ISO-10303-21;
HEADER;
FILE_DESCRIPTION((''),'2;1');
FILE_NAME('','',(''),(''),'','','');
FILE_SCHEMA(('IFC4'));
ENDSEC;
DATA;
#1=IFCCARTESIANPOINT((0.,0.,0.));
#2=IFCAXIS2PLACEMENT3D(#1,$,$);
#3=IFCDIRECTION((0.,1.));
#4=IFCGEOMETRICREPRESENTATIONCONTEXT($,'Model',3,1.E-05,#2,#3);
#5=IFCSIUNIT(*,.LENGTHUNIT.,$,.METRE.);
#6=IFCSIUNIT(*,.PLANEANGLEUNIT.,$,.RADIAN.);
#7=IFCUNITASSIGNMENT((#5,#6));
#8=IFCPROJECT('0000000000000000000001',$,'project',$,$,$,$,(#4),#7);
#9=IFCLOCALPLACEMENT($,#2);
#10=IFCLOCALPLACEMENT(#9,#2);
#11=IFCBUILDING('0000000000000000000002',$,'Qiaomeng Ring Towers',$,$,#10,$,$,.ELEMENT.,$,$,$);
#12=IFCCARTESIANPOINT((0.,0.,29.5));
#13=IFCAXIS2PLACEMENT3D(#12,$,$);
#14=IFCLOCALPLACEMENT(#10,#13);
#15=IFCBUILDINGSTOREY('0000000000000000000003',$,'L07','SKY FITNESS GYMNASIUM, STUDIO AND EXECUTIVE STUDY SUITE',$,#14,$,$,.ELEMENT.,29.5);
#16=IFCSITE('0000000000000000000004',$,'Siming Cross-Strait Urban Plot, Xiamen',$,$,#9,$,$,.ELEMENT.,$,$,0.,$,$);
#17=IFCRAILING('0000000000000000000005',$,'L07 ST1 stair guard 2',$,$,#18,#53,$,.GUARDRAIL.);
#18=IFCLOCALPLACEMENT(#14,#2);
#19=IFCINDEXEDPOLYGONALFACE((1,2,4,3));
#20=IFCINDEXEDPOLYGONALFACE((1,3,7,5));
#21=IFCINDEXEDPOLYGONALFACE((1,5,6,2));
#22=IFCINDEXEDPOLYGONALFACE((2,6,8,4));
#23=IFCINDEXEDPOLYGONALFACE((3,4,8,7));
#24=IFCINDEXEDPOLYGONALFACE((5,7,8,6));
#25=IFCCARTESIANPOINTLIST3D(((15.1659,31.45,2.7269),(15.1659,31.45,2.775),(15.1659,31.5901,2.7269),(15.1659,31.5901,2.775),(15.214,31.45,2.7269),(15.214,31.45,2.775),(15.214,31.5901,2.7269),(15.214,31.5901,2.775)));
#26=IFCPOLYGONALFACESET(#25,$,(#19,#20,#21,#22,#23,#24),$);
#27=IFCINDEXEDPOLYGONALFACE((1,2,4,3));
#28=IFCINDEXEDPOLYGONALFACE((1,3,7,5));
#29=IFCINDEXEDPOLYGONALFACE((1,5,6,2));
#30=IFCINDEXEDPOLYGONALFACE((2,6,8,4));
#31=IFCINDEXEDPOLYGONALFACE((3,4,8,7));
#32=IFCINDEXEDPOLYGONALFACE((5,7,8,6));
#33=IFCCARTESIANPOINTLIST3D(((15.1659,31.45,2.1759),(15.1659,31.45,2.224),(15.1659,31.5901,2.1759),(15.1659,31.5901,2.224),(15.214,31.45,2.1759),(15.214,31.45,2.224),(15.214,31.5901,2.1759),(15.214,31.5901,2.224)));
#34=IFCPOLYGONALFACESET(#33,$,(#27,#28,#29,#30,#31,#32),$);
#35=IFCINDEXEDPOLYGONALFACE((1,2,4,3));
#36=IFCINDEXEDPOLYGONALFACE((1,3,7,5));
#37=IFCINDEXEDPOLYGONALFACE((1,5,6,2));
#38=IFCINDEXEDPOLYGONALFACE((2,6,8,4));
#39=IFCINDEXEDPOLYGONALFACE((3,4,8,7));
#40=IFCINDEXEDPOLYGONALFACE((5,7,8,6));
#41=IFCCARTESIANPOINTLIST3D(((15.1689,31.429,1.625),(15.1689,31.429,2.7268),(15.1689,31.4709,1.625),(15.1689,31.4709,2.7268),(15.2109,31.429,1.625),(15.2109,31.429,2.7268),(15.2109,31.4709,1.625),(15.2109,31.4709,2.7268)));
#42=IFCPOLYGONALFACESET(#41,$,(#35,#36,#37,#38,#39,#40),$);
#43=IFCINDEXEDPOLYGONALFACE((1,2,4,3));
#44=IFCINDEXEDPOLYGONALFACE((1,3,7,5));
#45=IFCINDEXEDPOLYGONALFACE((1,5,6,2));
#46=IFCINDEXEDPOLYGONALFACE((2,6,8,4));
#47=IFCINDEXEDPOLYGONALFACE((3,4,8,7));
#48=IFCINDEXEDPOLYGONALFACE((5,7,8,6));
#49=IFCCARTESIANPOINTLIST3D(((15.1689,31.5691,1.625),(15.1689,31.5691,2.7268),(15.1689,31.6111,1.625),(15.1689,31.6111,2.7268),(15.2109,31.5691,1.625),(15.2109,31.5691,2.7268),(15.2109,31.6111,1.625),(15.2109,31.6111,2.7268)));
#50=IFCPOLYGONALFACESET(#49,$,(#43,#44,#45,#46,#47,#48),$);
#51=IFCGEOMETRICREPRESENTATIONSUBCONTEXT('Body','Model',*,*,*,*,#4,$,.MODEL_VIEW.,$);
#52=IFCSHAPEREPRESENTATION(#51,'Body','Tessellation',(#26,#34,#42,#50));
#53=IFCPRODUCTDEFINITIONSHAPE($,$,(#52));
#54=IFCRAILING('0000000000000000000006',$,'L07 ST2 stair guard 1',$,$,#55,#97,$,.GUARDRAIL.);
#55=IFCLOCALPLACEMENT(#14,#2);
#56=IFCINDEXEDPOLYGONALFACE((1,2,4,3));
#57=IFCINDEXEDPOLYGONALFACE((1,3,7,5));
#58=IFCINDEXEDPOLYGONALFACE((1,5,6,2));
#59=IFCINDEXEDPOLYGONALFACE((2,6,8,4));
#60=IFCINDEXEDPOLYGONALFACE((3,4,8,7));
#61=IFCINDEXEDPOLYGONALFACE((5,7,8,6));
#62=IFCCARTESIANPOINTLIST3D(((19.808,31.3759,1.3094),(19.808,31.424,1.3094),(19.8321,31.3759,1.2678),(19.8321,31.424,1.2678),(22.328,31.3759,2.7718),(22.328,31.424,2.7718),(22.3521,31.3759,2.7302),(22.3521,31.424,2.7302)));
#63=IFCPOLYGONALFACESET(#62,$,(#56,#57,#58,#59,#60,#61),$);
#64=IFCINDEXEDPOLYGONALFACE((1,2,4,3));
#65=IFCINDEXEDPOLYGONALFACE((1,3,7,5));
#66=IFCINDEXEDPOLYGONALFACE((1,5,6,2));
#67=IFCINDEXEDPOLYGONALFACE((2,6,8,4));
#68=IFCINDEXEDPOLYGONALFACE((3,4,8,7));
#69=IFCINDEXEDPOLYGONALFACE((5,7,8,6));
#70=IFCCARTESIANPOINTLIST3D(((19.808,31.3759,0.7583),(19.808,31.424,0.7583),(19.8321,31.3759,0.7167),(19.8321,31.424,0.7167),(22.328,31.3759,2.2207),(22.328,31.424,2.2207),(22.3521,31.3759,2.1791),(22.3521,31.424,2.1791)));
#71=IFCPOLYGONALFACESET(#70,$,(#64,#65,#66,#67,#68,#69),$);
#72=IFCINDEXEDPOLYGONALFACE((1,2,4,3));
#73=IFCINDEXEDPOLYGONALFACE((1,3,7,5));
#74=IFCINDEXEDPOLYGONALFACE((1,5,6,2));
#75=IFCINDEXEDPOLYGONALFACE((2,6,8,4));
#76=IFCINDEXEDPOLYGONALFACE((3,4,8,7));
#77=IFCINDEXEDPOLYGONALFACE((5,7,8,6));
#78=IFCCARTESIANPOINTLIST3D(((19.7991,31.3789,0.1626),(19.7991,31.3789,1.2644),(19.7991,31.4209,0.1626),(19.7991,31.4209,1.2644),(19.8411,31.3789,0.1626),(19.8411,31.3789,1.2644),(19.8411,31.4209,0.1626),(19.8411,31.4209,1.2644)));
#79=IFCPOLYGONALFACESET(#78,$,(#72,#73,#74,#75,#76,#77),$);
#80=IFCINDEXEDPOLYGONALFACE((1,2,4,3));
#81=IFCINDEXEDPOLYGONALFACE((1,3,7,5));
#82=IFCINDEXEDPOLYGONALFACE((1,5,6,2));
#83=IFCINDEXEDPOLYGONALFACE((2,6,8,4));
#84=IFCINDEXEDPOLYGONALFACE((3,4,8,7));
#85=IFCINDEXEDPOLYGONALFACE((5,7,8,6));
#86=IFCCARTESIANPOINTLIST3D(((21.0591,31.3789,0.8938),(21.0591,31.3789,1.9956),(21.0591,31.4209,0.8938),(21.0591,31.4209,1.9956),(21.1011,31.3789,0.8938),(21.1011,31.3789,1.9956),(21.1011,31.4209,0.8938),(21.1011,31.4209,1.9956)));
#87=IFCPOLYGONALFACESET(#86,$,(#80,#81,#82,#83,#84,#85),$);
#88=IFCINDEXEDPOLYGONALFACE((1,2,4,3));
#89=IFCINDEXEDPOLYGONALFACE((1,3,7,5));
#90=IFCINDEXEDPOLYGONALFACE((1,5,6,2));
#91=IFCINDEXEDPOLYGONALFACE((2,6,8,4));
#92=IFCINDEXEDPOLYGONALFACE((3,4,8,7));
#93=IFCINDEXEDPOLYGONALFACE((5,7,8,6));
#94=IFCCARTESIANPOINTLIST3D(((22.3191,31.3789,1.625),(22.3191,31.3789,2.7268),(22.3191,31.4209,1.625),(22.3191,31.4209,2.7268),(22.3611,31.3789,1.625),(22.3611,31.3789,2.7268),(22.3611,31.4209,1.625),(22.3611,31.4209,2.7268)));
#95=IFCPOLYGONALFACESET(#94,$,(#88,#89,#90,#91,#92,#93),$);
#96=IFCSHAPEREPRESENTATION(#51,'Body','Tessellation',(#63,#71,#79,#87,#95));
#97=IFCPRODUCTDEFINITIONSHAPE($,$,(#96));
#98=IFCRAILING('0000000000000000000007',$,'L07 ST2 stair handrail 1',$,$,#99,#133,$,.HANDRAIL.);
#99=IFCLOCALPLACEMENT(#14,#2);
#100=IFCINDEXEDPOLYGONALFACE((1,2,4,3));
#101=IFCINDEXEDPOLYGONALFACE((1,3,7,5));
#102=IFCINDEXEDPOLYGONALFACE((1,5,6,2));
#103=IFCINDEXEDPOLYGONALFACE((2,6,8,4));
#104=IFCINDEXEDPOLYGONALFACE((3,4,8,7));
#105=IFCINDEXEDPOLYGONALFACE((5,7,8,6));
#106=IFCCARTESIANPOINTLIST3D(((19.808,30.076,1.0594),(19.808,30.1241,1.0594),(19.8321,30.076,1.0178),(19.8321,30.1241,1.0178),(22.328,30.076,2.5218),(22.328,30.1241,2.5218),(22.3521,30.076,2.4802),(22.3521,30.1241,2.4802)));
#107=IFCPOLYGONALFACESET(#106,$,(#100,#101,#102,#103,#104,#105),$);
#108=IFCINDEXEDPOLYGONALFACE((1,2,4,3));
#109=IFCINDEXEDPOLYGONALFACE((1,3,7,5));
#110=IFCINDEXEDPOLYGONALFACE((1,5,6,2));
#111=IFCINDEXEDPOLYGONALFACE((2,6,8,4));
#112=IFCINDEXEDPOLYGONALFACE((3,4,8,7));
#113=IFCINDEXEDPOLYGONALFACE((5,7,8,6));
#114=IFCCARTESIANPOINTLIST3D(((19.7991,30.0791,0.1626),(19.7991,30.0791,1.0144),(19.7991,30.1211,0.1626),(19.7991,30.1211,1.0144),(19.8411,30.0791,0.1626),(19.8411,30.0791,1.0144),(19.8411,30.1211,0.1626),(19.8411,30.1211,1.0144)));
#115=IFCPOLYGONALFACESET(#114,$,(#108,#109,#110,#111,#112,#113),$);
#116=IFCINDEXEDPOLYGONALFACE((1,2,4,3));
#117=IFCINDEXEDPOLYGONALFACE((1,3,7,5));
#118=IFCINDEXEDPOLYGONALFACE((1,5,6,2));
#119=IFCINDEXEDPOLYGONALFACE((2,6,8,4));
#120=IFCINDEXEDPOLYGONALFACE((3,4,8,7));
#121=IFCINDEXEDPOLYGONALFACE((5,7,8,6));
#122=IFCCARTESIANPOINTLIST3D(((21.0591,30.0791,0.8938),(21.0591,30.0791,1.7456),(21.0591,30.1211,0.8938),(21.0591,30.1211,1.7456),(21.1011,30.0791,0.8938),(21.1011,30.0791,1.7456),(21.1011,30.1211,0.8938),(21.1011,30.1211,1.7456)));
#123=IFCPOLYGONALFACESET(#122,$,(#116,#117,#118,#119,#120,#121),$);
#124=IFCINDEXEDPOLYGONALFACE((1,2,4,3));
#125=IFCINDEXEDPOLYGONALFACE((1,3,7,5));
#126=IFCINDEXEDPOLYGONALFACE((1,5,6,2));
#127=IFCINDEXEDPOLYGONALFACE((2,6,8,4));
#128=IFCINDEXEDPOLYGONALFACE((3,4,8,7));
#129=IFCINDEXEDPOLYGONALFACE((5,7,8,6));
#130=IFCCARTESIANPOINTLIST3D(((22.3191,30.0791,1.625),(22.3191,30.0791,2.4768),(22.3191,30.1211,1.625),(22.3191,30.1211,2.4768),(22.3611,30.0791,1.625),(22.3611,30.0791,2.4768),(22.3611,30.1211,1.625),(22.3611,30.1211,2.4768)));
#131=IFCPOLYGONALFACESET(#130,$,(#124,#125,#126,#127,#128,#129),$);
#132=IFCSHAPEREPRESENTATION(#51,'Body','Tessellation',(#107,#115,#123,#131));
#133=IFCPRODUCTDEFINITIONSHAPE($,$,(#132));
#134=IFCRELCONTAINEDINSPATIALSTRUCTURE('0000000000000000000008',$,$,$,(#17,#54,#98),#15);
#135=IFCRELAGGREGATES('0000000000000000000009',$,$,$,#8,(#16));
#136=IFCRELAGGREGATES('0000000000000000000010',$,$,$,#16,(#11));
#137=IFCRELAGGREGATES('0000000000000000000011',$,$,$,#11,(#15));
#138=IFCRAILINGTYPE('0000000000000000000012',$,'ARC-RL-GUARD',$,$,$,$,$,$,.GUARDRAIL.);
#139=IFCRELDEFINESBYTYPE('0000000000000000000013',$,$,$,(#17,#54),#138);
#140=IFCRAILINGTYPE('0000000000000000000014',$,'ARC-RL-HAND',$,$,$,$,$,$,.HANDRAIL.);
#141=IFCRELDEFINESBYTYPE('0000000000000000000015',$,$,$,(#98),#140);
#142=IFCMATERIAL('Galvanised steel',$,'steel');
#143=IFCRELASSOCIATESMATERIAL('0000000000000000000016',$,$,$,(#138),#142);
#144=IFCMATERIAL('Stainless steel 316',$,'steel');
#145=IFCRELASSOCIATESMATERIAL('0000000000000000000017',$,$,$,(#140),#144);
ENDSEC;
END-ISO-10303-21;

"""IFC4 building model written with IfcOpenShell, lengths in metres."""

from ifc_helpers import new_model, si_unit, direction, frame, origin, origin_2d, place, context, subcontext, project, spatial, rectangle, extrude, material, type_object, element, save


model = new_model("IFC4")

# Units and contexts
model_context = context("Model", 3, precision=1e-05, world=origin(), true_north=direction((0.0, 1.0)))
body_context = subcontext(model_context, "Body", "Model", "MODEL_VIEW")
ifc_project = project(units=[si_unit("LENGTHUNIT", "METRE"), si_unit("PLANEANGLEUNIT", "RADIAN")], contexts=[model_context])

# Site, building, storey
site_placement = place(None, origin())
site = spatial("IfcSite", under=ifc_project, at=site_placement, Name="Siming Cross-Strait Urban Plot, Xiamen", CompositionType="ELEMENT", RefElevation=0.0)
building_placement = place(site_placement, origin())
building = spatial("IfcBuilding", under=site, at=building_placement, Name="Qiaomeng Ring Towers", CompositionType="ELEMENT")
storey_placement = place(building_placement, frame((0.0, 0.0, 29.5)))
storey = spatial("IfcBuildingStorey", under=building, at=storey_placement, Name="L07", Description="SKY FITNESS GYMNASIUM, STUDIO AND EXECUTIVE STUDY SUITE", CompositionType="ELEMENT", Elevation=29.5)

# Shared definitions
ifc_material_1 = material(Name="Galvanised steel", Category="steel")

# Shared definitions
ifc_material_2 = material(Name="Stainless steel 316", Category="steel")

# Railings
railing_type_1 = type_object("IfcRailingType", Name="ARC-RL-GUARD", PredefinedType="GUARDRAIL", material=ifc_material_1)
railing_1_placement = place(storey_placement, frame((15.1899, 31.45, 1.625)))
element("IfcRailing", 1, at=railing_1_placement, inside=storey, type_object=railing_type_1, Name="L07 ST1 stair guard 2", PredefinedType="GUARDRAIL", context=body_context, shape_type="SweptSolid", body=[
    extrude(rectangle(XDim=0.0481, YDim=0.0481, at=origin_2d()), frame((0.0, 0.0, 1.126), z_axis=(0.0, 1.0, 0.0), x_axis=(-1.0, 0.0, 0.0)), (0.0, 0.0, 1.0), 0.1401),
    extrude(rectangle(XDim=0.0481, YDim=0.0481, at=origin_2d()), frame((0.0, 0.0, 0.575), z_axis=(0.0, 1.0, 0.0), x_axis=(-1.0, 0.0, 0.0)), (0.0, 0.0, 1.0), 0.1401),
    extrude(rectangle(XDim=0.042, YDim=0.042, at=origin_2d()), origin(), (0.0, 0.0, 1.0), 1.1018),
    extrude(rectangle(XDim=0.042, YDim=0.042, at=origin_2d()), frame((0.0, 0.1401, 0.0)), (0.0, 0.0, 1.0), 1.1018),
])
railing_2_placement = place(storey_placement, frame((19.8201, 31.3999, 0.1626)))
element("IfcRailing", 2, at=railing_2_placement, inside=storey, type_object=railing_type_1, Name="L07 ST2 stair guard 1", PredefinedType="GUARDRAIL", context=body_context, shape_type="SweptSolid", body=[
    extrude(rectangle(XDim=0.0481, YDim=0.0481, at=origin_2d()), frame((0.0, 0.0, 1.126), z_axis=(0.864913, 0.0, 0.501921), x_axis=(0.0, 1.0, 0.0)), (0.0, 0.0, 1.0), 2.9136),
    extrude(rectangle(XDim=0.0481, YDim=0.0481, at=origin_2d()), frame((0.0, 0.0, 0.575), z_axis=(0.864913, 0.0, 0.501921), x_axis=(0.0, 1.0, 0.0)), (0.0, 0.0, 1.0), 2.9136),
    extrude(rectangle(XDim=0.042, YDim=0.042, at=origin_2d()), origin(), (0.0, 0.0, 1.0), 1.1018),
    extrude(rectangle(XDim=0.042, YDim=0.042, at=origin_2d()), frame((1.26, 0.0, 0.7312)), (0.0, 0.0, 1.0), 1.1018),
    extrude(rectangle(XDim=0.042, YDim=0.042, at=origin_2d()), frame((2.52, 0.0, 1.4624)), (0.0, 0.0, 1.0), 1.1018),
])
railing_type_2 = type_object("IfcRailingType", Name="ARC-RL-HAND", PredefinedType="HANDRAIL", material=ifc_material_2)
railing_3_placement = place(storey_placement, frame((19.8201, 30.1001, 0.1626)))
element("IfcRailing", 3, at=railing_3_placement, inside=storey, type_object=railing_type_2, Name="L07 ST2 stair handrail 1", PredefinedType="HANDRAIL", context=body_context, shape_type="SweptSolid", body=[
    extrude(rectangle(XDim=0.0481, YDim=0.0481, at=origin_2d()), frame((0.0, 0.0, 0.876), z_axis=(0.864913, 0.0, 0.501921), x_axis=(0.0, 1.0, 0.0)), (0.0, 0.0, 1.0), 2.9136),
    extrude(rectangle(XDim=0.042, YDim=0.042, at=origin_2d()), origin(), (0.0, 0.0, 1.0), 0.8518),
    extrude(rectangle(XDim=0.042, YDim=0.042, at=origin_2d()), frame((1.26, 0.0, 0.7312)), (0.0, 0.0, 1.0), 0.8518),
    extrude(rectangle(XDim=0.042, YDim=0.042, at=origin_2d()), frame((2.52, 0.0, 1.4624)), (0.0, 0.0, 1.0), 0.8518),
])

save(model, "model.ifc")
